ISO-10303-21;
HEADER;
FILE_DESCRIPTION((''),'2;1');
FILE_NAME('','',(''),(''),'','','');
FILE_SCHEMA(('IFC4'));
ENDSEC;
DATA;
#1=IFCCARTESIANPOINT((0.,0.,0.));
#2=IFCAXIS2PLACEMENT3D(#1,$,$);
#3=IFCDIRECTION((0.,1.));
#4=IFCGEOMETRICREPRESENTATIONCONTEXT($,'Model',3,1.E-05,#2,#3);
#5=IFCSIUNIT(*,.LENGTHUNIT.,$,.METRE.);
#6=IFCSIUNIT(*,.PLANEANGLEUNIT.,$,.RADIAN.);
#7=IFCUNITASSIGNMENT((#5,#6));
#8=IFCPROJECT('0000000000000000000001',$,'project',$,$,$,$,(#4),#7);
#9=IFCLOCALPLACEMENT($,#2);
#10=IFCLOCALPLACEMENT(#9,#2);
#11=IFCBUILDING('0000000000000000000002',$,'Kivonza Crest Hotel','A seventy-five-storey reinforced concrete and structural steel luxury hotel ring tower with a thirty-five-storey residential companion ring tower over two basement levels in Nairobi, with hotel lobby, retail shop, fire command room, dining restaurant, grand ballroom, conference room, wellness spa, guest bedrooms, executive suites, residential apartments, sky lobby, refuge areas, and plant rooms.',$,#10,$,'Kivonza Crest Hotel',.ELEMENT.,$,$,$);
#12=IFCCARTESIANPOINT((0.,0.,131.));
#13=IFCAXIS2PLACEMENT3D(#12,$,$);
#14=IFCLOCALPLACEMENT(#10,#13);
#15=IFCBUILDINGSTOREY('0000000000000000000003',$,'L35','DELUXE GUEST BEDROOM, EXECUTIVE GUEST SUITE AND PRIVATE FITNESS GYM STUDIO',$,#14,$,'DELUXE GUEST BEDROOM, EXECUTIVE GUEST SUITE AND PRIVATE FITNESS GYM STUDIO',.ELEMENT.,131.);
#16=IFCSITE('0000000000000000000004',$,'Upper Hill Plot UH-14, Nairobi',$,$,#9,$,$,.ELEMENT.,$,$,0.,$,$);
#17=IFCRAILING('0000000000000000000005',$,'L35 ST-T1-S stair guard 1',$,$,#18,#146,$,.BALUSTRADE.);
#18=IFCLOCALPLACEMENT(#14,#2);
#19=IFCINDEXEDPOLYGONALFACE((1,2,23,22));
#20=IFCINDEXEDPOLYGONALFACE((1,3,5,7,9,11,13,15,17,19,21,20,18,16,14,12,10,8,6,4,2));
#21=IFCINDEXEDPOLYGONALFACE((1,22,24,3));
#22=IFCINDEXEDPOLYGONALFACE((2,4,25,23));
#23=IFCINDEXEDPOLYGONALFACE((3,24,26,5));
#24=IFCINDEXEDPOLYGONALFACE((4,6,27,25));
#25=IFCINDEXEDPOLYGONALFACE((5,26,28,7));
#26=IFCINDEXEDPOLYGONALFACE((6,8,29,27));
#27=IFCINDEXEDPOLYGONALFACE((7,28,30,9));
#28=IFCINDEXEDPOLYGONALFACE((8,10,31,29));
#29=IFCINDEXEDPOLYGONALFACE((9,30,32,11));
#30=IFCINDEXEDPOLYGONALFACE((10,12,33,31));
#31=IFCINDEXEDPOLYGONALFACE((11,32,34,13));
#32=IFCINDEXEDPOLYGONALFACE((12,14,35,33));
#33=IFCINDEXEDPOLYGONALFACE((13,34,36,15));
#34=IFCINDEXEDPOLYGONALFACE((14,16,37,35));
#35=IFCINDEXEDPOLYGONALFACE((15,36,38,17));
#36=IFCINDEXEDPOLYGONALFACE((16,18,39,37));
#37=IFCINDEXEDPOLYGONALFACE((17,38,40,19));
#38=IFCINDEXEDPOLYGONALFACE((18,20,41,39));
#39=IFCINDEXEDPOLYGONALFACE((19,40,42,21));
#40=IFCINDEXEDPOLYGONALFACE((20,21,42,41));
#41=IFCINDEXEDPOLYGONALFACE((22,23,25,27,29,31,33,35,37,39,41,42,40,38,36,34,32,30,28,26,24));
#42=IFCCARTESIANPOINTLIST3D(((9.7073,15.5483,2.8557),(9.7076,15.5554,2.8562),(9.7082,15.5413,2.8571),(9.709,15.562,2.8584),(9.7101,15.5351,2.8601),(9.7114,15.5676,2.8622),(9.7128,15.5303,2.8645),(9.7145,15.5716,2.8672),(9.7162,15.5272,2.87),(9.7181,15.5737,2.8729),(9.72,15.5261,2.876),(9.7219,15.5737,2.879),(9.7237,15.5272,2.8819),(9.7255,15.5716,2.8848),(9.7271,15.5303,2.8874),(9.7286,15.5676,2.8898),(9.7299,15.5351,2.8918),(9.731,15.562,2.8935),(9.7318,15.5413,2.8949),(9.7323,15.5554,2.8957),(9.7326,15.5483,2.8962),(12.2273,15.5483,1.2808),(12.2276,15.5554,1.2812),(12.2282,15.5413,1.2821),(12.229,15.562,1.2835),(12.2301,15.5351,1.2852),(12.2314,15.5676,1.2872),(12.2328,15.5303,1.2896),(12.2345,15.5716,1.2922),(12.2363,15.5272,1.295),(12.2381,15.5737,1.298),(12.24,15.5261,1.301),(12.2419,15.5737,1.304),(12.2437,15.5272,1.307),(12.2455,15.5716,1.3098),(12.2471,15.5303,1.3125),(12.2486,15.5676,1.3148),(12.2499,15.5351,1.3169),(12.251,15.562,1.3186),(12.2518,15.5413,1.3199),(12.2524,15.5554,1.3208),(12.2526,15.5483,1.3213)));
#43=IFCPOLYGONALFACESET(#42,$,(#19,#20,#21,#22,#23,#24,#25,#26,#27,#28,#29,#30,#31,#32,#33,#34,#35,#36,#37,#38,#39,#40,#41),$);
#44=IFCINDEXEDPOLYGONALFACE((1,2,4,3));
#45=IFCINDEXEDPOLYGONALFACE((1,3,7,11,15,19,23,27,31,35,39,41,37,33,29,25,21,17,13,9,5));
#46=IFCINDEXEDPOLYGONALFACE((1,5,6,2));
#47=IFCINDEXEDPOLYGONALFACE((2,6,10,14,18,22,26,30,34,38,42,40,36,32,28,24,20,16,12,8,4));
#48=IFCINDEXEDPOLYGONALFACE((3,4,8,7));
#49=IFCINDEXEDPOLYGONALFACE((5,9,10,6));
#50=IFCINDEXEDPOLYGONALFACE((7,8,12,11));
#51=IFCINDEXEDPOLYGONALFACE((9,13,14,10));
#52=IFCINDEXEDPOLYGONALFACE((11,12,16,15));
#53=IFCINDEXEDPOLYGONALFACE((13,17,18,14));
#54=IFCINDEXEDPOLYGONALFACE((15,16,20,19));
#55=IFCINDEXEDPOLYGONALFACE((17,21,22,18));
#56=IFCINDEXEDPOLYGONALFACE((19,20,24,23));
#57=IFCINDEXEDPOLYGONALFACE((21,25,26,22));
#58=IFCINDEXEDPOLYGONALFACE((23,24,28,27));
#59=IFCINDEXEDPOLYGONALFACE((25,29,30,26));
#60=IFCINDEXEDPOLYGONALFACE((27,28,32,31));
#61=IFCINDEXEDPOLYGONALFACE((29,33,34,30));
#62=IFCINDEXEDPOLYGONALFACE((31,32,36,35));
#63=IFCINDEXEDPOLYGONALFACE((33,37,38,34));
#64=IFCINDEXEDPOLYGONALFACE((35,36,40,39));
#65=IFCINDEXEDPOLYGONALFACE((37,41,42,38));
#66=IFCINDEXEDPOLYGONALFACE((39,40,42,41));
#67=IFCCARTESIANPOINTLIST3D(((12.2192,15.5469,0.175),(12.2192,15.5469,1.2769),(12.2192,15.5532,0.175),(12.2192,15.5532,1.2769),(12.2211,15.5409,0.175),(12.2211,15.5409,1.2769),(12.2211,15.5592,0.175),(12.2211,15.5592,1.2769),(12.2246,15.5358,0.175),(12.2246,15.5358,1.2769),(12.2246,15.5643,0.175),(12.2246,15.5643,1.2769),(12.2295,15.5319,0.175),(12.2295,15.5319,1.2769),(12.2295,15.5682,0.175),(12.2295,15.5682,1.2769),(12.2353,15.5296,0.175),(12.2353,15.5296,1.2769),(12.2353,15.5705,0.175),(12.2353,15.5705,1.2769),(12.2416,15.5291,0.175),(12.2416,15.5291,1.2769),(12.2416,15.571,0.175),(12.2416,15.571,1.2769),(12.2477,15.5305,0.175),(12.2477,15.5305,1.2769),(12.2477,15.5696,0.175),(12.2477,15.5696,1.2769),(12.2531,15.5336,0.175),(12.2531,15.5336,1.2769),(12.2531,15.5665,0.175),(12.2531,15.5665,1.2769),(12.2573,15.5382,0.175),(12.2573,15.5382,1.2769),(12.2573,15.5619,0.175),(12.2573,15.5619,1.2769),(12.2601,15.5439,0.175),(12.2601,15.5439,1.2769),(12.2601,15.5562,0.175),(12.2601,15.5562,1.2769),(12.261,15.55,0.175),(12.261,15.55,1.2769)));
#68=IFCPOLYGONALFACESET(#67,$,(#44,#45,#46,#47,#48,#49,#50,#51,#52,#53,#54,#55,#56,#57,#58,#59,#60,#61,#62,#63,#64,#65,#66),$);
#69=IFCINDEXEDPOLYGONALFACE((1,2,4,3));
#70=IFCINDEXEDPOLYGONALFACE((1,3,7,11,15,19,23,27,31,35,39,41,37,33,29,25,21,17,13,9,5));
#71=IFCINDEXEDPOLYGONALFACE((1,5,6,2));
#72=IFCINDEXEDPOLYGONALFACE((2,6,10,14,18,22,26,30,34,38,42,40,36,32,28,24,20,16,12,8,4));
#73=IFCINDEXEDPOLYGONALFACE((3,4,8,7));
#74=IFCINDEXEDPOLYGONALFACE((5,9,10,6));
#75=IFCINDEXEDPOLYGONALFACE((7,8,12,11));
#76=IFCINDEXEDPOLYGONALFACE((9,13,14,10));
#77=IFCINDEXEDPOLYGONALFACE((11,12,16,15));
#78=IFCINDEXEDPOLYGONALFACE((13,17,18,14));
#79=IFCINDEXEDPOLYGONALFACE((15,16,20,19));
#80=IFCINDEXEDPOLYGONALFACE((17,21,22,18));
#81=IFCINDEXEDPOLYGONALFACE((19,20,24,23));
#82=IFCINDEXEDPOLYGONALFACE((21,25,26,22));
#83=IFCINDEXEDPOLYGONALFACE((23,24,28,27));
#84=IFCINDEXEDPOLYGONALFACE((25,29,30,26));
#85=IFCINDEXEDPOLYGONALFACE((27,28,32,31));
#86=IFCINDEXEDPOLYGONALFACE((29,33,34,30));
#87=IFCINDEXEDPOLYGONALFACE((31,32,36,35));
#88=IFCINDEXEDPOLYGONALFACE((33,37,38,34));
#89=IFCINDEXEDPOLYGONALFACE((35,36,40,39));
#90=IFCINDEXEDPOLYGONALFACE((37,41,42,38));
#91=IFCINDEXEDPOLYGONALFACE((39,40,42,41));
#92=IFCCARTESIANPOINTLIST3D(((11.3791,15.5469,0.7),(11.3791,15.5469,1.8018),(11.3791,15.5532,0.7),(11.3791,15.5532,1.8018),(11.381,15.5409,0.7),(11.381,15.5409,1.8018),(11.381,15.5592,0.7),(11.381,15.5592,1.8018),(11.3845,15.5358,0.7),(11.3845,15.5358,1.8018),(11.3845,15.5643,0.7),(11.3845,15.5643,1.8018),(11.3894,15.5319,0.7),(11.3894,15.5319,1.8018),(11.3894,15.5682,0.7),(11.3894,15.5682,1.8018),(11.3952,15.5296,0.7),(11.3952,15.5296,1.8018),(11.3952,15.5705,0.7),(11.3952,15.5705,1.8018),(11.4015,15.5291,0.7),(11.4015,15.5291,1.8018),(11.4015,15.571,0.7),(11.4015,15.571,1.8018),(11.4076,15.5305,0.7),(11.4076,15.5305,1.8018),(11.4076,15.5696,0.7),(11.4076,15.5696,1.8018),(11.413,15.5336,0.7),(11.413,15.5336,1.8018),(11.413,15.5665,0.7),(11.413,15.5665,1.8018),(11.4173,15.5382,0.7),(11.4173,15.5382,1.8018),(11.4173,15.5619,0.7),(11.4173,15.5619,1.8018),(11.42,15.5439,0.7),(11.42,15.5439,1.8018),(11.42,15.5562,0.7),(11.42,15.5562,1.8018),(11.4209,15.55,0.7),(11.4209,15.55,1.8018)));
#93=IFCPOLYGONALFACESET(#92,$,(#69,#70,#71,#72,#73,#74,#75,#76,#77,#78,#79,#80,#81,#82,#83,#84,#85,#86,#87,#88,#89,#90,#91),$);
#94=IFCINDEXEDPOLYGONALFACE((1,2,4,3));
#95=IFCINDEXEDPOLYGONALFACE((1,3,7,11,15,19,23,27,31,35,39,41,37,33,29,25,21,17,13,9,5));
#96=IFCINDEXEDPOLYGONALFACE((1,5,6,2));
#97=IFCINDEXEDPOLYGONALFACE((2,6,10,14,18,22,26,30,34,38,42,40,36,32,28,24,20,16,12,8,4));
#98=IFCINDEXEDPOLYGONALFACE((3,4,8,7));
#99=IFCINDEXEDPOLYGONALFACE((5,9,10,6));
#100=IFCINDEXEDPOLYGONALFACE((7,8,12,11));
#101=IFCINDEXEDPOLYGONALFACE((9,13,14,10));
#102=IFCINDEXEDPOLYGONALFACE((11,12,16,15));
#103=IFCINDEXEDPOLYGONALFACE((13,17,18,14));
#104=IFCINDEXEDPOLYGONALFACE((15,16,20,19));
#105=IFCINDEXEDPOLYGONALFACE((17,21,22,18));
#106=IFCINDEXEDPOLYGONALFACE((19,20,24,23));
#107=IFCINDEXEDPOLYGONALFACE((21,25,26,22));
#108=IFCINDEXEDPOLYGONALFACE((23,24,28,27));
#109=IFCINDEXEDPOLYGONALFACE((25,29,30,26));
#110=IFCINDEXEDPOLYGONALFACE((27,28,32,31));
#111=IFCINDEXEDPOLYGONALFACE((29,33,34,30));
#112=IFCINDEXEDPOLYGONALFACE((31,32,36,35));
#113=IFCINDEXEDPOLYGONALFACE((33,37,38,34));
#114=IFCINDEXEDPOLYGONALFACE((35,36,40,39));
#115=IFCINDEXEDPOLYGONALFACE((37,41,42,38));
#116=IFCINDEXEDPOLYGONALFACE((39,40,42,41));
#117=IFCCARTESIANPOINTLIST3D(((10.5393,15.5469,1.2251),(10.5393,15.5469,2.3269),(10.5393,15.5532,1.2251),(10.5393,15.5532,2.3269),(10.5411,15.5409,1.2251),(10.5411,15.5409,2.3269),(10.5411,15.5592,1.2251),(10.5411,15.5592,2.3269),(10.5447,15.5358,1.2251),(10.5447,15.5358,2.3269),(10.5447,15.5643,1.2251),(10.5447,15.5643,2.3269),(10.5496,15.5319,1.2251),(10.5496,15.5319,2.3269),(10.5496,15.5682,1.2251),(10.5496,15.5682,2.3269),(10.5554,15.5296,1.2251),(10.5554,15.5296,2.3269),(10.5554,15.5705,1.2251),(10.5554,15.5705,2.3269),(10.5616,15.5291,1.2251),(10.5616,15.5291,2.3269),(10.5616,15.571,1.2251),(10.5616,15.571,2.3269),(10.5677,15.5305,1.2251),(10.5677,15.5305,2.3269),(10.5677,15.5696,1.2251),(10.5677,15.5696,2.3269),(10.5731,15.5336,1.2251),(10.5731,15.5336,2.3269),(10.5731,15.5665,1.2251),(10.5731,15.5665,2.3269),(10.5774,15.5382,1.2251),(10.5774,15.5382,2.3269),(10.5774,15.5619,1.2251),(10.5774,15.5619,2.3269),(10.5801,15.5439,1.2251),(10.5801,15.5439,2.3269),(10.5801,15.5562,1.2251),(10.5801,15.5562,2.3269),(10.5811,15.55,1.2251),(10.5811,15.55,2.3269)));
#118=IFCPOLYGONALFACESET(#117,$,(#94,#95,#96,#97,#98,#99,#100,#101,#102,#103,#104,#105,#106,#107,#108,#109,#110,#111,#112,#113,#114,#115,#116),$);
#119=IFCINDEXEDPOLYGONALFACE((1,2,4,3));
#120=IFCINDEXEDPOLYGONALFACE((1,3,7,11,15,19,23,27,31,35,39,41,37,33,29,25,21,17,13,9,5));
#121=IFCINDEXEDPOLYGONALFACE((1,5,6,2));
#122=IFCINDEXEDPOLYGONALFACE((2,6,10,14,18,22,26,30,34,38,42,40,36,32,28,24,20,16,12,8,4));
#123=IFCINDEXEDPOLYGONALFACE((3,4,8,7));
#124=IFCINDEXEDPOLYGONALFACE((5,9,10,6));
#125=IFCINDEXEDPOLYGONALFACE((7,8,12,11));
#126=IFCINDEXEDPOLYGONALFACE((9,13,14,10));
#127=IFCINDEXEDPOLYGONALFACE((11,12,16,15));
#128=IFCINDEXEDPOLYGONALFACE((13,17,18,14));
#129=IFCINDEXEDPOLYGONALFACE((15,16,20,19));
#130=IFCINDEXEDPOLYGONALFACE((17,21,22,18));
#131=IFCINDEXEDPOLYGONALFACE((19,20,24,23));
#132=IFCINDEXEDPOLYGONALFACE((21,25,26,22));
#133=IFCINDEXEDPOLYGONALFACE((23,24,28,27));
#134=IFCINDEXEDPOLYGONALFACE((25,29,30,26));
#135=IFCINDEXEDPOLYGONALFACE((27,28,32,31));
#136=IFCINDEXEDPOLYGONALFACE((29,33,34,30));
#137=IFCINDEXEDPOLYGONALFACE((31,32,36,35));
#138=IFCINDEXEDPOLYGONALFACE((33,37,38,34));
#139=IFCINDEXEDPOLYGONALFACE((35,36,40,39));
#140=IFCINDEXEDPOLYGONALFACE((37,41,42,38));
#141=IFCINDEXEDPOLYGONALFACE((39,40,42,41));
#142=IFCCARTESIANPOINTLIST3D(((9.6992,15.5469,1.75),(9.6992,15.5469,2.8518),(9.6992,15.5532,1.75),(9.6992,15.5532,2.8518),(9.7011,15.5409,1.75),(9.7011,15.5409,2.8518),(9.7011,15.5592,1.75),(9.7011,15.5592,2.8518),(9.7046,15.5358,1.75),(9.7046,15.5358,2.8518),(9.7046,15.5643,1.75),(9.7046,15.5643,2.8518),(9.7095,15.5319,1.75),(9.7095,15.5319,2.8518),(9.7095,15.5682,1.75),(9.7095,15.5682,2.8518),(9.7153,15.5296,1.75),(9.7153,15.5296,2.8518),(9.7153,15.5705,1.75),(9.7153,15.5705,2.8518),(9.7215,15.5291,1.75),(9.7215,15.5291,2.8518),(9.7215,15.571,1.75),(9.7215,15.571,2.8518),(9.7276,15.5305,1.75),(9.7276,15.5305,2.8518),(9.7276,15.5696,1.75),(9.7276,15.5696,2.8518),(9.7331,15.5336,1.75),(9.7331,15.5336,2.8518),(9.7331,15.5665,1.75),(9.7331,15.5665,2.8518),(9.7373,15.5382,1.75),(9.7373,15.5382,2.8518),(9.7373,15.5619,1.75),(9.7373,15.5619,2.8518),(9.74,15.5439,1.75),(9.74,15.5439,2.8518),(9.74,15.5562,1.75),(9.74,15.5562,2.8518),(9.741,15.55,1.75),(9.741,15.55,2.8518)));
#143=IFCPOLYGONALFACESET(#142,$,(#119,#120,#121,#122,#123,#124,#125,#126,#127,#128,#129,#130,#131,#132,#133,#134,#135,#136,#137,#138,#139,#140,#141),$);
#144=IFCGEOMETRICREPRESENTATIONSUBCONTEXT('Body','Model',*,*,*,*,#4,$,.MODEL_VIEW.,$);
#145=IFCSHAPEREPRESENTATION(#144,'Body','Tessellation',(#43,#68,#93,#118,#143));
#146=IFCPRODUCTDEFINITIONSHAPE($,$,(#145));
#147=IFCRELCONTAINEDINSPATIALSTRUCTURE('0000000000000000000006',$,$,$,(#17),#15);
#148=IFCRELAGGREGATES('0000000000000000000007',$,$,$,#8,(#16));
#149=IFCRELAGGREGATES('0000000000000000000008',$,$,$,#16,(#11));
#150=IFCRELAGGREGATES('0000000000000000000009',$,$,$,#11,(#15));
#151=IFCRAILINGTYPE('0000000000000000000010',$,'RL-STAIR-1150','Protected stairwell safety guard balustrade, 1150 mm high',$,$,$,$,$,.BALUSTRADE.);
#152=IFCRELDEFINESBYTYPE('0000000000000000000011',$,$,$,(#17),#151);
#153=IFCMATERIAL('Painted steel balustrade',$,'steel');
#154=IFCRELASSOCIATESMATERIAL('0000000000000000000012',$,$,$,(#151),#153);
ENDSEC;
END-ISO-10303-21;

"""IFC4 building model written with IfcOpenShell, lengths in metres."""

from ifc_helpers import new_model, si_unit, direction, frame, origin, origin_2d, place, context, subcontext, project, spatial, circle, extrude, material, type_object, element, save


model = new_model("IFC4")

# Units and contexts
model_context = context("Model", 3, precision=1e-05, world=origin(), true_north=direction((0.0, 1.0)))
body_context = subcontext(model_context, "Body", "Model", "MODEL_VIEW")
ifc_project = project(units=[si_unit("LENGTHUNIT", "METRE"), si_unit("PLANEANGLEUNIT", "RADIAN")], contexts=[model_context])

# Site, building, storey
site_placement = place(None, origin())
site = spatial("IfcSite", under=ifc_project, at=site_placement, Name="Upper Hill Plot UH-14, Nairobi", CompositionType="ELEMENT", RefElevation=0.0)
building_placement = place(site_placement, origin())
building = spatial("IfcBuilding", under=site, at=building_placement, Name="Kivonza Crest Hotel", Description="A seventy-five-storey reinforced concrete and structural steel luxury hotel ring tower with a thirty-five-storey residential companion ring tower over two basement levels in Nairobi, with hotel lobby, retail shop, fire command room, dining restaurant, grand ballroom, conference room, wellness spa, guest bedrooms, executive suites, residential apartments, sky lobby, refuge areas, and plant rooms.", LongName="Kivonza Crest Hotel", CompositionType="ELEMENT")
storey_placement = place(building_placement, frame((0.0, 0.0, 131.0)))
storey = spatial("IfcBuildingStorey", under=building, at=storey_placement, Name="L35", Description="DELUXE GUEST BEDROOM, EXECUTIVE GUEST SUITE AND PRIVATE FITNESS GYM STUDIO", LongName="DELUXE GUEST BEDROOM, EXECUTIVE GUEST SUITE AND PRIVATE FITNESS GYM STUDIO", CompositionType="ELEMENT", Elevation=131.0)

# Railing
ifc_material_1 = material(Name="Painted steel balustrade", Category="steel")
railing_type_1 = type_object("IfcRailingType", Name="RL-STAIR-1150", Description="Protected stairwell safety guard balustrade, 1150 mm high", PredefinedType="BALUSTRADE", material=ifc_material_1)
railing_1_placement = place(storey_placement, frame((12.24, 15.55, 0.175)))
element("IfcRailing", 1, at=railing_1_placement, inside=storey, type_object=railing_type_1, Name="L35 ST-T1-S stair guard 1", PredefinedType="BALUSTRADE", context=body_context, shape_type="SweptSolid", body=[
    extrude(circle(Radius=0.0239, at=origin_2d()), frame((0.0, 0.0, 1.126), z_axis=(-0.848008, 0.0, 0.529984), x_axis=(0.0, -1.0, 0.0)), (0.0, 0.0, 1.0), 2.9717),
    extrude(circle(Radius=0.021, at=origin_2d()), origin(), (0.0, 0.0, 1.0), 1.1018),
    extrude(circle(Radius=0.021, at=origin_2d()), frame((-0.8401, 0.0, 0.5249)), (0.0, 0.0, 1.0), 1.1018),
    extrude(circle(Radius=0.021, at=origin_2d()), frame((-1.6799, 0.0, 1.05)), (0.0, 0.0, 1.0), 1.1018),
    extrude(circle(Radius=0.021, at=origin_2d()), frame((-2.52, 0.0, 1.575)), (0.0, 0.0, 1.0), 1.1018),
])

save(model, "model.ifc")
